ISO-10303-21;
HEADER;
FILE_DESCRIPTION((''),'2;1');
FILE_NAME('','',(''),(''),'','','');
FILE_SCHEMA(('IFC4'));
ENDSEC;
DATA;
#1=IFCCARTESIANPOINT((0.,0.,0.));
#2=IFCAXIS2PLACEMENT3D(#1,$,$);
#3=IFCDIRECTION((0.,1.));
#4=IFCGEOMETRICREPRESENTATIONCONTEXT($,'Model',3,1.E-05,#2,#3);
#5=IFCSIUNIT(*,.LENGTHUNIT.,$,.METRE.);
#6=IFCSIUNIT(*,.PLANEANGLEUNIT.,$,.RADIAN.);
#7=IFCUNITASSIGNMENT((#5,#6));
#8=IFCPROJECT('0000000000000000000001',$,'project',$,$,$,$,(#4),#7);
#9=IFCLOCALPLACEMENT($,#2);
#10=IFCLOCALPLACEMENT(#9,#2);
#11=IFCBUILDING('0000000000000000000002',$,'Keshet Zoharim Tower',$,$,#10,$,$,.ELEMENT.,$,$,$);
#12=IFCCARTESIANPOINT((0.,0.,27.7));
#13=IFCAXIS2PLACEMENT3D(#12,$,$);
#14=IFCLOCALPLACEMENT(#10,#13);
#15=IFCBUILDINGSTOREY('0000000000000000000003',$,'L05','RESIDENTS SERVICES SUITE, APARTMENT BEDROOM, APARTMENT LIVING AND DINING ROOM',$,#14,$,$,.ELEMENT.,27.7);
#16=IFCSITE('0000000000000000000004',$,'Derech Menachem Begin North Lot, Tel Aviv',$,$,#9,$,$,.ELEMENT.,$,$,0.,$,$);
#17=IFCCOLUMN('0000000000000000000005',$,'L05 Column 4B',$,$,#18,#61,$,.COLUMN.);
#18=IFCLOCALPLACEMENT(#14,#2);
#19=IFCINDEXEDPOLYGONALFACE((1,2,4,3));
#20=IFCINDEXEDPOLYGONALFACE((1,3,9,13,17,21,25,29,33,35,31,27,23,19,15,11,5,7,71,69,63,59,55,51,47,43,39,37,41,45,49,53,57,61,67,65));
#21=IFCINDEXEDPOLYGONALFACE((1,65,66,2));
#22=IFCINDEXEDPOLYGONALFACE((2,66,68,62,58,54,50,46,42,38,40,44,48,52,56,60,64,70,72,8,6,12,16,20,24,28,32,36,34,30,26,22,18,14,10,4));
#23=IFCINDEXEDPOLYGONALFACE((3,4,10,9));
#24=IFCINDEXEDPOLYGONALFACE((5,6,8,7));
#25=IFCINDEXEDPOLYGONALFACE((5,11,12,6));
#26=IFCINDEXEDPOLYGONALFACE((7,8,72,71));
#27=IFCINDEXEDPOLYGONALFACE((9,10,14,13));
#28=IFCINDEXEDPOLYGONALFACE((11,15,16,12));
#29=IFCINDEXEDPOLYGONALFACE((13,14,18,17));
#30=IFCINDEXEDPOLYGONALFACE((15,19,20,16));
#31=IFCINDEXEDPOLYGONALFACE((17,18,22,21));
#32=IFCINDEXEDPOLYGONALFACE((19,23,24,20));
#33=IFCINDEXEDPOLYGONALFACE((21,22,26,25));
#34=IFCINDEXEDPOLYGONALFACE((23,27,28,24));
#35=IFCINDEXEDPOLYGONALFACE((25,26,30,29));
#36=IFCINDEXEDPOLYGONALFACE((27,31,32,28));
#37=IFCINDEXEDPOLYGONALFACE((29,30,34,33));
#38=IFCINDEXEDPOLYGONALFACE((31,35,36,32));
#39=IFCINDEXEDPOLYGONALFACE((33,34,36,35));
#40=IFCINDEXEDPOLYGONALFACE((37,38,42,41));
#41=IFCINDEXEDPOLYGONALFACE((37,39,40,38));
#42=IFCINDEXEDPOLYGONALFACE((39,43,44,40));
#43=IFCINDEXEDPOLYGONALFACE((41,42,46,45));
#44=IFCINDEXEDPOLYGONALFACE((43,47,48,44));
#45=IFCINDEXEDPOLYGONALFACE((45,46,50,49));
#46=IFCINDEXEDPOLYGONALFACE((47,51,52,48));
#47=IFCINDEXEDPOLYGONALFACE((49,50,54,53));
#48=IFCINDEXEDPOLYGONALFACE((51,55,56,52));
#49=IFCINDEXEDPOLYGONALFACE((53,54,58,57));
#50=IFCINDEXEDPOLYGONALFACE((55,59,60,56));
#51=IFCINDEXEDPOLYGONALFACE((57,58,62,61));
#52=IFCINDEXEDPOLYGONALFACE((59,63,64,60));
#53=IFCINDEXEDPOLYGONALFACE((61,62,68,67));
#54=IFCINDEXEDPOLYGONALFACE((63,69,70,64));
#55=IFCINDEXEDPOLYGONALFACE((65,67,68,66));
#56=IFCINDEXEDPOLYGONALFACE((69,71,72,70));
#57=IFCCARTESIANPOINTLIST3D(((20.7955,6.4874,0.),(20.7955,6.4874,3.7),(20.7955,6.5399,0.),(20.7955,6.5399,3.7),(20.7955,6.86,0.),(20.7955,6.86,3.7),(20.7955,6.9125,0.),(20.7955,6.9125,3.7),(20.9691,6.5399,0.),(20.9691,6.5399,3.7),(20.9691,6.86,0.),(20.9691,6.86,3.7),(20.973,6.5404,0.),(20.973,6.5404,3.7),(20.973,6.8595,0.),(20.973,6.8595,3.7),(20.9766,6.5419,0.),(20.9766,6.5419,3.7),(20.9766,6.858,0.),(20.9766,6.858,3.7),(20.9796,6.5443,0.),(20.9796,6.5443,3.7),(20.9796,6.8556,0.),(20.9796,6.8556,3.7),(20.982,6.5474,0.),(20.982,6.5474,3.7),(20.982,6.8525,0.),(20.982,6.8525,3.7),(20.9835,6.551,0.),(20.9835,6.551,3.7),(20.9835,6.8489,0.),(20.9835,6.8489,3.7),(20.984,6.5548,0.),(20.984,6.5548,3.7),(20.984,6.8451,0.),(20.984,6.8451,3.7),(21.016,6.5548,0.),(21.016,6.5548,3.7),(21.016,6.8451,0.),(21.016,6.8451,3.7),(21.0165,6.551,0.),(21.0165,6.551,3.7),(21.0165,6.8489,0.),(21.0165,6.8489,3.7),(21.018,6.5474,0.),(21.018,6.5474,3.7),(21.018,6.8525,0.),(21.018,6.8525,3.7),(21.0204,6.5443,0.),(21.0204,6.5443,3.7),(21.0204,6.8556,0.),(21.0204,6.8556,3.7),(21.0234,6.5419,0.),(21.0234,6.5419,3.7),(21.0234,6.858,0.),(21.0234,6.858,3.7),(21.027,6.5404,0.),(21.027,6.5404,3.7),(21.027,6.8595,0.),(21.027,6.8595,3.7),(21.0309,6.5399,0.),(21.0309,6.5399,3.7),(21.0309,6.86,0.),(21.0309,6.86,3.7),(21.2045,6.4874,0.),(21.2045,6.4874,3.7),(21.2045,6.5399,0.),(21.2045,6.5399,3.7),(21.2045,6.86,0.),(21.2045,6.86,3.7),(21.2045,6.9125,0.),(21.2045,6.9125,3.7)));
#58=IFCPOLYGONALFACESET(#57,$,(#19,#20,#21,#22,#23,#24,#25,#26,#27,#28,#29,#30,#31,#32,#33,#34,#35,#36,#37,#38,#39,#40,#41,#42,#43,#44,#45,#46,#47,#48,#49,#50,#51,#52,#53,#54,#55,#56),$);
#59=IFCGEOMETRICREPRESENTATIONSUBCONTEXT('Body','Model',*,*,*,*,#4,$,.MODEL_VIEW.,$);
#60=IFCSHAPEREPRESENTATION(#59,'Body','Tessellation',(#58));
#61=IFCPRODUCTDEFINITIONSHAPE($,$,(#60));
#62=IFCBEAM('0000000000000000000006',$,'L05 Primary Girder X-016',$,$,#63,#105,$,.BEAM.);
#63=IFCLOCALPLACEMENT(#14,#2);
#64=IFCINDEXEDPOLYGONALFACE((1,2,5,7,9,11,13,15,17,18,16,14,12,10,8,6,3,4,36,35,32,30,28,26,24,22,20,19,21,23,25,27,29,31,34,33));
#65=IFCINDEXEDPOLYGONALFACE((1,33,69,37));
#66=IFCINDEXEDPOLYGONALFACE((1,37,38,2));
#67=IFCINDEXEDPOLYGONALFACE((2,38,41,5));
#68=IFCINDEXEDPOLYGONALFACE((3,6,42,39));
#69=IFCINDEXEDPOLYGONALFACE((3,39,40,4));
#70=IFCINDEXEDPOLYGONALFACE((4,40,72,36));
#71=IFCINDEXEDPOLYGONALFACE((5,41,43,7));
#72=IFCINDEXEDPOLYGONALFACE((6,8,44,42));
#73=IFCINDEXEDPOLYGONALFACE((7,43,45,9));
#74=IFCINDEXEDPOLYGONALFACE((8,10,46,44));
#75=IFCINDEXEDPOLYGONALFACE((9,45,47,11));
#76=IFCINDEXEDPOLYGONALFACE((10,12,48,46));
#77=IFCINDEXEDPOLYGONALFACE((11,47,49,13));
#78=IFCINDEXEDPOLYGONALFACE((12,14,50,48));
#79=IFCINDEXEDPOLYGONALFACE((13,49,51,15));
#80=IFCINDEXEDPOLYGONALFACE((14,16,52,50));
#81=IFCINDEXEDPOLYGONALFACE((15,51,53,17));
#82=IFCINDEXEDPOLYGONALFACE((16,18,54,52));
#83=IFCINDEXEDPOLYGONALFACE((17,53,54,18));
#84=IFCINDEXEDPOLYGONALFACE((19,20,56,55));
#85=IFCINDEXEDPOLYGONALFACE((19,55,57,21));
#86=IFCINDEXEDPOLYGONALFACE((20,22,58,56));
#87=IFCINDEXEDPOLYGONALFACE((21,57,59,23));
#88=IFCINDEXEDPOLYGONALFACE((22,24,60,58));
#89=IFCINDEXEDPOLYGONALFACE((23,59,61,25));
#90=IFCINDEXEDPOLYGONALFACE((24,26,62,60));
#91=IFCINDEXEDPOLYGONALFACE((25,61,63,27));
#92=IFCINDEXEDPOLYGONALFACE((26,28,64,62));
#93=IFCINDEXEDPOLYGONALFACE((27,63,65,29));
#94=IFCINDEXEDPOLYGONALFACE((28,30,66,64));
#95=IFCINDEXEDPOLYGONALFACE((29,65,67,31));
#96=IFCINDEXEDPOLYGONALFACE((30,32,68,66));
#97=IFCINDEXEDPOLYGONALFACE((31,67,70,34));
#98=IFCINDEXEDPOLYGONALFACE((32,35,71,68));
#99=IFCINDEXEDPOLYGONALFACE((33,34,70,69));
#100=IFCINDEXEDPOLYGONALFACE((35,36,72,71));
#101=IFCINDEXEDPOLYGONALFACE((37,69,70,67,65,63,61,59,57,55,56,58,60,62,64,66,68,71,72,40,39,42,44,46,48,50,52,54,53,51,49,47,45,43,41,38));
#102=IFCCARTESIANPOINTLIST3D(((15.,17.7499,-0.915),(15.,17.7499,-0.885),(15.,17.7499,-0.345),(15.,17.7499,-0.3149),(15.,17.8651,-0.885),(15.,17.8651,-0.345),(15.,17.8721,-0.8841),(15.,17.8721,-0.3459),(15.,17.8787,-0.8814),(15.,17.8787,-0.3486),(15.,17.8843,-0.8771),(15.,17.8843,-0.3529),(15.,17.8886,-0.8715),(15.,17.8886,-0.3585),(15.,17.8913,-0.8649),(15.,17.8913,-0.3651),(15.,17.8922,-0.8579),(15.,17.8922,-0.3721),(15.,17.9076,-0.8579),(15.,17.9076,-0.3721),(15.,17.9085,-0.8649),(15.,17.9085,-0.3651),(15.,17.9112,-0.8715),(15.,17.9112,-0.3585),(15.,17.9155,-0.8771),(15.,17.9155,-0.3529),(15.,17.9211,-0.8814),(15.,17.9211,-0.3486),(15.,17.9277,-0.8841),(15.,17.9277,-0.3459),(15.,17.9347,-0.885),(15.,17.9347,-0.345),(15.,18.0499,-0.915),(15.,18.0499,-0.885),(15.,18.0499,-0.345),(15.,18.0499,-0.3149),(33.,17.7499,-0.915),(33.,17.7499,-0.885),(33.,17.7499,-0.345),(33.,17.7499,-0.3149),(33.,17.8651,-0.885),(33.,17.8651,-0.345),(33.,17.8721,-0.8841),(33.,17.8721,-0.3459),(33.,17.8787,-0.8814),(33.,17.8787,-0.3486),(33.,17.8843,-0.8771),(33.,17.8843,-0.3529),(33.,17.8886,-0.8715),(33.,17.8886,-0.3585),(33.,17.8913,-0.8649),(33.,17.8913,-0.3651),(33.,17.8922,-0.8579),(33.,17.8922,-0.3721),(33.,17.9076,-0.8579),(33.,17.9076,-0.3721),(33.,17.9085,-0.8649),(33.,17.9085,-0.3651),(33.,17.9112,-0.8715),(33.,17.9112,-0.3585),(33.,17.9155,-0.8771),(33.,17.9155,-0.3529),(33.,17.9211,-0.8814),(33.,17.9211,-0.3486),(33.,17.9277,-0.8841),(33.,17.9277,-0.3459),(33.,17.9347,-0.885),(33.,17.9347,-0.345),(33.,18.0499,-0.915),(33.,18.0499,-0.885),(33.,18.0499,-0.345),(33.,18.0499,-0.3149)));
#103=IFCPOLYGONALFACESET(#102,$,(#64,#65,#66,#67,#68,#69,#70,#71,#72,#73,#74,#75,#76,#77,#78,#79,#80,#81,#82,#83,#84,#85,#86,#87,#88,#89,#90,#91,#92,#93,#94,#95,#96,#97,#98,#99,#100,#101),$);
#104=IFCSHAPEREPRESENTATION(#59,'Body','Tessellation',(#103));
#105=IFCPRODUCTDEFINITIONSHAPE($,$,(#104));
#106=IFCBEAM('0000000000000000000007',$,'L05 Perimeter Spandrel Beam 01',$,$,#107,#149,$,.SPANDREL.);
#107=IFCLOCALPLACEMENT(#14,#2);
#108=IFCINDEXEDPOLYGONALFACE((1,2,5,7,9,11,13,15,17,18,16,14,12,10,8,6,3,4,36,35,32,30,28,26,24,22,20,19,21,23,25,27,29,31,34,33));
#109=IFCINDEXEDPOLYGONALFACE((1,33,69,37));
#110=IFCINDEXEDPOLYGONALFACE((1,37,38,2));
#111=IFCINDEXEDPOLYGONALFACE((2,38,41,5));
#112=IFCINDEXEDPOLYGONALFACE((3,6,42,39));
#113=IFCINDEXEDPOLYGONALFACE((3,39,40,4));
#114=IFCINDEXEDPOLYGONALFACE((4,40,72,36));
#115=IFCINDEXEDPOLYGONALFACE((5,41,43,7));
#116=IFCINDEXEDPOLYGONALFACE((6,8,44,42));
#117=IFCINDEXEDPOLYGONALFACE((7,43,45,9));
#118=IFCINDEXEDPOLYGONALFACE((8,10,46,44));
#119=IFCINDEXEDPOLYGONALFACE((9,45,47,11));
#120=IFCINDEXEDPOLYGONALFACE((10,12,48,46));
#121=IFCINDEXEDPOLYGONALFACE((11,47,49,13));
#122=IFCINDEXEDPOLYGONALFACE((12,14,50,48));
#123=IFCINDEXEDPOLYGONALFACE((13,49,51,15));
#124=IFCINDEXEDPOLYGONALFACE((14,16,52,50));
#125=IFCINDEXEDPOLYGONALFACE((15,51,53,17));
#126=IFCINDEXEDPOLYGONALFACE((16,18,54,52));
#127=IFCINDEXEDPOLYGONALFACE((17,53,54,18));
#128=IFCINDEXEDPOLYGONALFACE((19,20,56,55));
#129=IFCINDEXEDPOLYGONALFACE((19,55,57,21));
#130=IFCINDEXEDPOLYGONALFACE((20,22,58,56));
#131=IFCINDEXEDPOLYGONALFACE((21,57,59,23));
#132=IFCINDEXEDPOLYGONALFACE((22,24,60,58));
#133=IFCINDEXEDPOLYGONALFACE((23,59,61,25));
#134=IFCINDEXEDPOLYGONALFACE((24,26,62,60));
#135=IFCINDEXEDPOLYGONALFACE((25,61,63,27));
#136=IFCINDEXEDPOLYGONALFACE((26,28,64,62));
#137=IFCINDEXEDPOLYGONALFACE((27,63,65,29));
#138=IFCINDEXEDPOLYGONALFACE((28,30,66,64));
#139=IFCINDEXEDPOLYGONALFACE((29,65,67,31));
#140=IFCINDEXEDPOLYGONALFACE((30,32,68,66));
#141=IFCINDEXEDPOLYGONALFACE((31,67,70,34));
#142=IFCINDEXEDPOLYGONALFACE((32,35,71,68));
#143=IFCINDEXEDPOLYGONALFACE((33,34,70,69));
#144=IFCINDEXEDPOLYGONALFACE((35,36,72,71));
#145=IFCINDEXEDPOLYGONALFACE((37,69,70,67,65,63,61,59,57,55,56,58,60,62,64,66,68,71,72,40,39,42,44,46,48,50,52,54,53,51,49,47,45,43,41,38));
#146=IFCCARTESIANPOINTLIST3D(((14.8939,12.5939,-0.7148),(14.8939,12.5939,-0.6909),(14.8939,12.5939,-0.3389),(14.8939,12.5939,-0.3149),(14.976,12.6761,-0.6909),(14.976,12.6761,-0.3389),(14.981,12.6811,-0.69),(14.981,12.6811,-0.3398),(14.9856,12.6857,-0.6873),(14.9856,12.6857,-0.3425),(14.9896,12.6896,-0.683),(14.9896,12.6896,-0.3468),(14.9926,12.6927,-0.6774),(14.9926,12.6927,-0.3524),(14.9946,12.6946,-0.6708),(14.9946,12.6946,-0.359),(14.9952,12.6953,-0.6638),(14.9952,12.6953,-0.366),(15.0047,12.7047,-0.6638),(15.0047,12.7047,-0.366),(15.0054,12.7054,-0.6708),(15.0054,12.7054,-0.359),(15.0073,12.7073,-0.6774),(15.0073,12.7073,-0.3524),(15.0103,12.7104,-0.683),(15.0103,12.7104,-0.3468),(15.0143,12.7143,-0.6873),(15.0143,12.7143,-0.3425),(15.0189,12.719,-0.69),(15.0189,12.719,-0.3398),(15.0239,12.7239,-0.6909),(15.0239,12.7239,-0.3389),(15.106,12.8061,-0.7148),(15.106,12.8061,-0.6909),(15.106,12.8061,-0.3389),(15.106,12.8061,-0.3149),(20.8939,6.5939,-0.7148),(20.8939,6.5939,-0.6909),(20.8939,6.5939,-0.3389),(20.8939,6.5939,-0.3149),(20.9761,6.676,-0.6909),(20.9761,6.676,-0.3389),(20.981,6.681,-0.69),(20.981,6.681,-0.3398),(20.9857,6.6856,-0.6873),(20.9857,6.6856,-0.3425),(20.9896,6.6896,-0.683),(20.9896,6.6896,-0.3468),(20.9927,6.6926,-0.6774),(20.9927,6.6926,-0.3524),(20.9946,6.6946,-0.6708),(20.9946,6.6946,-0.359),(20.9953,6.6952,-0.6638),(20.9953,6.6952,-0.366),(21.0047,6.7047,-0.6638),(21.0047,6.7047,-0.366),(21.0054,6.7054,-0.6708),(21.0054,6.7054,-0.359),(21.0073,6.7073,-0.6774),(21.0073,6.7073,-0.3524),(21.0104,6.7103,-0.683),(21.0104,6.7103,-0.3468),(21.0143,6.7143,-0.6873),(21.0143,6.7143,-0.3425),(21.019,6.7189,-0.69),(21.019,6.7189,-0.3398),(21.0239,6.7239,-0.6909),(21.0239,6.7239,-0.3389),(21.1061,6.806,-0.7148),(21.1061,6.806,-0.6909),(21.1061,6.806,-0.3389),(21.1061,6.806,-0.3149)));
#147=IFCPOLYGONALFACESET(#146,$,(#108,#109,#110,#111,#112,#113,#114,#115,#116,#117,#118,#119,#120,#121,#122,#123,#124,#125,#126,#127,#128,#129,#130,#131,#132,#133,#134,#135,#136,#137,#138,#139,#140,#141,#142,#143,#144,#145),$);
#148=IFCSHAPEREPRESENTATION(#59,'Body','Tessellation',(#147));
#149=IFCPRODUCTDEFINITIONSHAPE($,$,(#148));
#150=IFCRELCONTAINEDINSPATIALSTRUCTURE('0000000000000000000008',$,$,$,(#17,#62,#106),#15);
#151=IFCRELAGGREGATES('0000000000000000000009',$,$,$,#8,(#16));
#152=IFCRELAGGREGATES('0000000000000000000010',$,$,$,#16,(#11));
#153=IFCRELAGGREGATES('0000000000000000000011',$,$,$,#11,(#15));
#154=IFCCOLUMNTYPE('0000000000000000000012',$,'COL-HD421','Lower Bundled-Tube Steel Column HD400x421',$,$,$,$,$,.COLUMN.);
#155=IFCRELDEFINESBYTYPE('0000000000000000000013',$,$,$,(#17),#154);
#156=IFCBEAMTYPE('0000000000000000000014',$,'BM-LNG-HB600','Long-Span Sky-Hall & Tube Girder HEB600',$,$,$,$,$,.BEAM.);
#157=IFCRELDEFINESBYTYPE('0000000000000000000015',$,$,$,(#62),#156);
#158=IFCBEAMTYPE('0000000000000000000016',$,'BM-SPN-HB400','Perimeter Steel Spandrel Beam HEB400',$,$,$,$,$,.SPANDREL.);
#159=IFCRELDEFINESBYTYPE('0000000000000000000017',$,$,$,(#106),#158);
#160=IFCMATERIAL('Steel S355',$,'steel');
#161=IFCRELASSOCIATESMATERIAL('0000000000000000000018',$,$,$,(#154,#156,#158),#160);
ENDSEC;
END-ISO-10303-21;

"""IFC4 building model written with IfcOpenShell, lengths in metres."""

from ifc_helpers import new_model, si_unit, direction, frame, origin, origin_2d, place, context, subcontext, project, spatial, i_section, extrude, material, material_profile, profile_set, type_object, element, save


model = new_model("IFC4")

# Units and contexts
model_context = context("Model", 3, precision=1e-05, world=origin(), true_north=direction((0.0, 1.0)))
body_context = subcontext(model_context, "Body", "Model", "MODEL_VIEW")
ifc_project = project(units=[si_unit("LENGTHUNIT", "METRE"), si_unit("PLANEANGLEUNIT", "RADIAN")], contexts=[model_context])

# Site, building, storey
site_placement = place(None, origin())
site = spatial("IfcSite", under=ifc_project, at=site_placement, Name="Derech Menachem Begin North Lot, Tel Aviv", CompositionType="ELEMENT", RefElevation=0.0)
building_placement = place(site_placement, origin())
building = spatial("IfcBuilding", under=site, at=building_placement, Name="Keshet Zoharim Tower", CompositionType="ELEMENT")
storey_placement = place(building_placement, frame((0.0, 0.0, 27.7)))
storey = spatial("IfcBuildingStorey", under=building, at=storey_placement, Name="L05", Description="RESIDENTS SERVICES SUITE, APARTMENT BEDROOM, APARTMENT LIVING AND DINING ROOM", CompositionType="ELEMENT", Elevation=27.7)

# Column
ifc_material_1 = material(Name="Steel S355", Category="steel")
ifc_material_profile_1 = material_profile(ifc_material_1, i_section(OverallWidth=0.4089, OverallDepth=0.425, WebThickness=0.032, FlangeThickness=0.0525, FilletRadius=0.0149, at=origin_2d()), Name="HD400x421")
ifc_profile_set_1 = profile_set([ifc_material_profile_1], Name="Steel S355")
column_type = type_object("IfcColumnType", Name="COL-HD421", Description="Lower Bundled-Tube Steel Column HD400x421", PredefinedType="COLUMN", material=ifc_profile_set_1)
column_placement = place(storey_placement, frame((21.0, 6.7, 0.0), z_axis=(0.0, 0.0, 1.0), x_axis=(1.0, 0.0, 0.0)))
element("IfcColumn", 1, at=column_placement, inside=storey, type_object=column_type, Name="L05 Column 4B", PredefinedType="COLUMN", context=body_context, shape_type="SweptSolid", body=[
    extrude(i_section(OverallWidth=0.4089, OverallDepth=0.425, WebThickness=0.032, FlangeThickness=0.0525, FilletRadius=0.0149, at=origin_2d()), origin(), (0.0, 0.0, 1.0), 3.7),
])

# Beams
ifc_material_profile_2 = material_profile(ifc_material_1, i_section(OverallWidth=0.3, OverallDepth=0.6001, WebThickness=0.0154, FlangeThickness=0.03, FilletRadius=0.0271, at=origin_2d()), Name="HEB600")
ifc_profile_set_2 = profile_set([ifc_material_profile_2], Name="Steel S355")
beam_type_1 = type_object("IfcBeamType", Name="BM-LNG-HB600", Description="Long-Span Sky-Hall & Tube Girder HEB600", PredefinedType="BEAM", material=ifc_profile_set_2)
beam_1_placement = place(storey_placement, frame((15.0, 17.8999, -0.615), z_axis=(1.0, 0.0, 0.0), x_axis=(0.0, 1.0, 0.0)))
element("IfcBeam", 2, at=beam_1_placement, inside=storey, type_object=beam_type_1, Name="L05 Primary Girder X-016", PredefinedType="BEAM", context=body_context, shape_type="SweptSolid", body=[
    extrude(i_section(OverallWidth=0.3, OverallDepth=0.6001, WebThickness=0.0154, FlangeThickness=0.03, FilletRadius=0.0271, at=origin_2d()), origin(), (0.0, 0.0, 1.0), 18.0),
])
ifc_material_profile_3 = material_profile(ifc_material_1, i_section(OverallWidth=0.3, OverallDepth=0.3999, WebThickness=0.0134, FlangeThickness=0.0239, FilletRadius=0.0271, at=origin_2d()), Name="HEB400")
ifc_profile_set_3 = profile_set([ifc_material_profile_3], Name="Steel S355")
beam_type_2 = type_object("IfcBeamType", Name="BM-SPN-HB400", Description="Perimeter Steel Spandrel Beam HEB400", PredefinedType="SPANDREL", material=ifc_profile_set_3)
beam_2_placement = place(storey_placement, frame((21.0, 6.7, -0.5149), z_axis=(-0.707107, 0.707107, 0.0), x_axis=(-0.707107, -0.707107, 0.0)))
element("IfcBeam", 3, at=beam_2_placement, inside=storey, type_object=beam_type_2, Name="L05 Perimeter Spandrel Beam 01", PredefinedType="SPANDREL", context=body_context, shape_type="SweptSolid", body=[
    extrude(i_section(OverallWidth=0.3, OverallDepth=0.3999, WebThickness=0.0134, FlangeThickness=0.0239, FilletRadius=0.0271, at=origin_2d()), origin(), (0.0, 0.0, 1.0), 8.4854),
])

save(model, "model.ifc")
